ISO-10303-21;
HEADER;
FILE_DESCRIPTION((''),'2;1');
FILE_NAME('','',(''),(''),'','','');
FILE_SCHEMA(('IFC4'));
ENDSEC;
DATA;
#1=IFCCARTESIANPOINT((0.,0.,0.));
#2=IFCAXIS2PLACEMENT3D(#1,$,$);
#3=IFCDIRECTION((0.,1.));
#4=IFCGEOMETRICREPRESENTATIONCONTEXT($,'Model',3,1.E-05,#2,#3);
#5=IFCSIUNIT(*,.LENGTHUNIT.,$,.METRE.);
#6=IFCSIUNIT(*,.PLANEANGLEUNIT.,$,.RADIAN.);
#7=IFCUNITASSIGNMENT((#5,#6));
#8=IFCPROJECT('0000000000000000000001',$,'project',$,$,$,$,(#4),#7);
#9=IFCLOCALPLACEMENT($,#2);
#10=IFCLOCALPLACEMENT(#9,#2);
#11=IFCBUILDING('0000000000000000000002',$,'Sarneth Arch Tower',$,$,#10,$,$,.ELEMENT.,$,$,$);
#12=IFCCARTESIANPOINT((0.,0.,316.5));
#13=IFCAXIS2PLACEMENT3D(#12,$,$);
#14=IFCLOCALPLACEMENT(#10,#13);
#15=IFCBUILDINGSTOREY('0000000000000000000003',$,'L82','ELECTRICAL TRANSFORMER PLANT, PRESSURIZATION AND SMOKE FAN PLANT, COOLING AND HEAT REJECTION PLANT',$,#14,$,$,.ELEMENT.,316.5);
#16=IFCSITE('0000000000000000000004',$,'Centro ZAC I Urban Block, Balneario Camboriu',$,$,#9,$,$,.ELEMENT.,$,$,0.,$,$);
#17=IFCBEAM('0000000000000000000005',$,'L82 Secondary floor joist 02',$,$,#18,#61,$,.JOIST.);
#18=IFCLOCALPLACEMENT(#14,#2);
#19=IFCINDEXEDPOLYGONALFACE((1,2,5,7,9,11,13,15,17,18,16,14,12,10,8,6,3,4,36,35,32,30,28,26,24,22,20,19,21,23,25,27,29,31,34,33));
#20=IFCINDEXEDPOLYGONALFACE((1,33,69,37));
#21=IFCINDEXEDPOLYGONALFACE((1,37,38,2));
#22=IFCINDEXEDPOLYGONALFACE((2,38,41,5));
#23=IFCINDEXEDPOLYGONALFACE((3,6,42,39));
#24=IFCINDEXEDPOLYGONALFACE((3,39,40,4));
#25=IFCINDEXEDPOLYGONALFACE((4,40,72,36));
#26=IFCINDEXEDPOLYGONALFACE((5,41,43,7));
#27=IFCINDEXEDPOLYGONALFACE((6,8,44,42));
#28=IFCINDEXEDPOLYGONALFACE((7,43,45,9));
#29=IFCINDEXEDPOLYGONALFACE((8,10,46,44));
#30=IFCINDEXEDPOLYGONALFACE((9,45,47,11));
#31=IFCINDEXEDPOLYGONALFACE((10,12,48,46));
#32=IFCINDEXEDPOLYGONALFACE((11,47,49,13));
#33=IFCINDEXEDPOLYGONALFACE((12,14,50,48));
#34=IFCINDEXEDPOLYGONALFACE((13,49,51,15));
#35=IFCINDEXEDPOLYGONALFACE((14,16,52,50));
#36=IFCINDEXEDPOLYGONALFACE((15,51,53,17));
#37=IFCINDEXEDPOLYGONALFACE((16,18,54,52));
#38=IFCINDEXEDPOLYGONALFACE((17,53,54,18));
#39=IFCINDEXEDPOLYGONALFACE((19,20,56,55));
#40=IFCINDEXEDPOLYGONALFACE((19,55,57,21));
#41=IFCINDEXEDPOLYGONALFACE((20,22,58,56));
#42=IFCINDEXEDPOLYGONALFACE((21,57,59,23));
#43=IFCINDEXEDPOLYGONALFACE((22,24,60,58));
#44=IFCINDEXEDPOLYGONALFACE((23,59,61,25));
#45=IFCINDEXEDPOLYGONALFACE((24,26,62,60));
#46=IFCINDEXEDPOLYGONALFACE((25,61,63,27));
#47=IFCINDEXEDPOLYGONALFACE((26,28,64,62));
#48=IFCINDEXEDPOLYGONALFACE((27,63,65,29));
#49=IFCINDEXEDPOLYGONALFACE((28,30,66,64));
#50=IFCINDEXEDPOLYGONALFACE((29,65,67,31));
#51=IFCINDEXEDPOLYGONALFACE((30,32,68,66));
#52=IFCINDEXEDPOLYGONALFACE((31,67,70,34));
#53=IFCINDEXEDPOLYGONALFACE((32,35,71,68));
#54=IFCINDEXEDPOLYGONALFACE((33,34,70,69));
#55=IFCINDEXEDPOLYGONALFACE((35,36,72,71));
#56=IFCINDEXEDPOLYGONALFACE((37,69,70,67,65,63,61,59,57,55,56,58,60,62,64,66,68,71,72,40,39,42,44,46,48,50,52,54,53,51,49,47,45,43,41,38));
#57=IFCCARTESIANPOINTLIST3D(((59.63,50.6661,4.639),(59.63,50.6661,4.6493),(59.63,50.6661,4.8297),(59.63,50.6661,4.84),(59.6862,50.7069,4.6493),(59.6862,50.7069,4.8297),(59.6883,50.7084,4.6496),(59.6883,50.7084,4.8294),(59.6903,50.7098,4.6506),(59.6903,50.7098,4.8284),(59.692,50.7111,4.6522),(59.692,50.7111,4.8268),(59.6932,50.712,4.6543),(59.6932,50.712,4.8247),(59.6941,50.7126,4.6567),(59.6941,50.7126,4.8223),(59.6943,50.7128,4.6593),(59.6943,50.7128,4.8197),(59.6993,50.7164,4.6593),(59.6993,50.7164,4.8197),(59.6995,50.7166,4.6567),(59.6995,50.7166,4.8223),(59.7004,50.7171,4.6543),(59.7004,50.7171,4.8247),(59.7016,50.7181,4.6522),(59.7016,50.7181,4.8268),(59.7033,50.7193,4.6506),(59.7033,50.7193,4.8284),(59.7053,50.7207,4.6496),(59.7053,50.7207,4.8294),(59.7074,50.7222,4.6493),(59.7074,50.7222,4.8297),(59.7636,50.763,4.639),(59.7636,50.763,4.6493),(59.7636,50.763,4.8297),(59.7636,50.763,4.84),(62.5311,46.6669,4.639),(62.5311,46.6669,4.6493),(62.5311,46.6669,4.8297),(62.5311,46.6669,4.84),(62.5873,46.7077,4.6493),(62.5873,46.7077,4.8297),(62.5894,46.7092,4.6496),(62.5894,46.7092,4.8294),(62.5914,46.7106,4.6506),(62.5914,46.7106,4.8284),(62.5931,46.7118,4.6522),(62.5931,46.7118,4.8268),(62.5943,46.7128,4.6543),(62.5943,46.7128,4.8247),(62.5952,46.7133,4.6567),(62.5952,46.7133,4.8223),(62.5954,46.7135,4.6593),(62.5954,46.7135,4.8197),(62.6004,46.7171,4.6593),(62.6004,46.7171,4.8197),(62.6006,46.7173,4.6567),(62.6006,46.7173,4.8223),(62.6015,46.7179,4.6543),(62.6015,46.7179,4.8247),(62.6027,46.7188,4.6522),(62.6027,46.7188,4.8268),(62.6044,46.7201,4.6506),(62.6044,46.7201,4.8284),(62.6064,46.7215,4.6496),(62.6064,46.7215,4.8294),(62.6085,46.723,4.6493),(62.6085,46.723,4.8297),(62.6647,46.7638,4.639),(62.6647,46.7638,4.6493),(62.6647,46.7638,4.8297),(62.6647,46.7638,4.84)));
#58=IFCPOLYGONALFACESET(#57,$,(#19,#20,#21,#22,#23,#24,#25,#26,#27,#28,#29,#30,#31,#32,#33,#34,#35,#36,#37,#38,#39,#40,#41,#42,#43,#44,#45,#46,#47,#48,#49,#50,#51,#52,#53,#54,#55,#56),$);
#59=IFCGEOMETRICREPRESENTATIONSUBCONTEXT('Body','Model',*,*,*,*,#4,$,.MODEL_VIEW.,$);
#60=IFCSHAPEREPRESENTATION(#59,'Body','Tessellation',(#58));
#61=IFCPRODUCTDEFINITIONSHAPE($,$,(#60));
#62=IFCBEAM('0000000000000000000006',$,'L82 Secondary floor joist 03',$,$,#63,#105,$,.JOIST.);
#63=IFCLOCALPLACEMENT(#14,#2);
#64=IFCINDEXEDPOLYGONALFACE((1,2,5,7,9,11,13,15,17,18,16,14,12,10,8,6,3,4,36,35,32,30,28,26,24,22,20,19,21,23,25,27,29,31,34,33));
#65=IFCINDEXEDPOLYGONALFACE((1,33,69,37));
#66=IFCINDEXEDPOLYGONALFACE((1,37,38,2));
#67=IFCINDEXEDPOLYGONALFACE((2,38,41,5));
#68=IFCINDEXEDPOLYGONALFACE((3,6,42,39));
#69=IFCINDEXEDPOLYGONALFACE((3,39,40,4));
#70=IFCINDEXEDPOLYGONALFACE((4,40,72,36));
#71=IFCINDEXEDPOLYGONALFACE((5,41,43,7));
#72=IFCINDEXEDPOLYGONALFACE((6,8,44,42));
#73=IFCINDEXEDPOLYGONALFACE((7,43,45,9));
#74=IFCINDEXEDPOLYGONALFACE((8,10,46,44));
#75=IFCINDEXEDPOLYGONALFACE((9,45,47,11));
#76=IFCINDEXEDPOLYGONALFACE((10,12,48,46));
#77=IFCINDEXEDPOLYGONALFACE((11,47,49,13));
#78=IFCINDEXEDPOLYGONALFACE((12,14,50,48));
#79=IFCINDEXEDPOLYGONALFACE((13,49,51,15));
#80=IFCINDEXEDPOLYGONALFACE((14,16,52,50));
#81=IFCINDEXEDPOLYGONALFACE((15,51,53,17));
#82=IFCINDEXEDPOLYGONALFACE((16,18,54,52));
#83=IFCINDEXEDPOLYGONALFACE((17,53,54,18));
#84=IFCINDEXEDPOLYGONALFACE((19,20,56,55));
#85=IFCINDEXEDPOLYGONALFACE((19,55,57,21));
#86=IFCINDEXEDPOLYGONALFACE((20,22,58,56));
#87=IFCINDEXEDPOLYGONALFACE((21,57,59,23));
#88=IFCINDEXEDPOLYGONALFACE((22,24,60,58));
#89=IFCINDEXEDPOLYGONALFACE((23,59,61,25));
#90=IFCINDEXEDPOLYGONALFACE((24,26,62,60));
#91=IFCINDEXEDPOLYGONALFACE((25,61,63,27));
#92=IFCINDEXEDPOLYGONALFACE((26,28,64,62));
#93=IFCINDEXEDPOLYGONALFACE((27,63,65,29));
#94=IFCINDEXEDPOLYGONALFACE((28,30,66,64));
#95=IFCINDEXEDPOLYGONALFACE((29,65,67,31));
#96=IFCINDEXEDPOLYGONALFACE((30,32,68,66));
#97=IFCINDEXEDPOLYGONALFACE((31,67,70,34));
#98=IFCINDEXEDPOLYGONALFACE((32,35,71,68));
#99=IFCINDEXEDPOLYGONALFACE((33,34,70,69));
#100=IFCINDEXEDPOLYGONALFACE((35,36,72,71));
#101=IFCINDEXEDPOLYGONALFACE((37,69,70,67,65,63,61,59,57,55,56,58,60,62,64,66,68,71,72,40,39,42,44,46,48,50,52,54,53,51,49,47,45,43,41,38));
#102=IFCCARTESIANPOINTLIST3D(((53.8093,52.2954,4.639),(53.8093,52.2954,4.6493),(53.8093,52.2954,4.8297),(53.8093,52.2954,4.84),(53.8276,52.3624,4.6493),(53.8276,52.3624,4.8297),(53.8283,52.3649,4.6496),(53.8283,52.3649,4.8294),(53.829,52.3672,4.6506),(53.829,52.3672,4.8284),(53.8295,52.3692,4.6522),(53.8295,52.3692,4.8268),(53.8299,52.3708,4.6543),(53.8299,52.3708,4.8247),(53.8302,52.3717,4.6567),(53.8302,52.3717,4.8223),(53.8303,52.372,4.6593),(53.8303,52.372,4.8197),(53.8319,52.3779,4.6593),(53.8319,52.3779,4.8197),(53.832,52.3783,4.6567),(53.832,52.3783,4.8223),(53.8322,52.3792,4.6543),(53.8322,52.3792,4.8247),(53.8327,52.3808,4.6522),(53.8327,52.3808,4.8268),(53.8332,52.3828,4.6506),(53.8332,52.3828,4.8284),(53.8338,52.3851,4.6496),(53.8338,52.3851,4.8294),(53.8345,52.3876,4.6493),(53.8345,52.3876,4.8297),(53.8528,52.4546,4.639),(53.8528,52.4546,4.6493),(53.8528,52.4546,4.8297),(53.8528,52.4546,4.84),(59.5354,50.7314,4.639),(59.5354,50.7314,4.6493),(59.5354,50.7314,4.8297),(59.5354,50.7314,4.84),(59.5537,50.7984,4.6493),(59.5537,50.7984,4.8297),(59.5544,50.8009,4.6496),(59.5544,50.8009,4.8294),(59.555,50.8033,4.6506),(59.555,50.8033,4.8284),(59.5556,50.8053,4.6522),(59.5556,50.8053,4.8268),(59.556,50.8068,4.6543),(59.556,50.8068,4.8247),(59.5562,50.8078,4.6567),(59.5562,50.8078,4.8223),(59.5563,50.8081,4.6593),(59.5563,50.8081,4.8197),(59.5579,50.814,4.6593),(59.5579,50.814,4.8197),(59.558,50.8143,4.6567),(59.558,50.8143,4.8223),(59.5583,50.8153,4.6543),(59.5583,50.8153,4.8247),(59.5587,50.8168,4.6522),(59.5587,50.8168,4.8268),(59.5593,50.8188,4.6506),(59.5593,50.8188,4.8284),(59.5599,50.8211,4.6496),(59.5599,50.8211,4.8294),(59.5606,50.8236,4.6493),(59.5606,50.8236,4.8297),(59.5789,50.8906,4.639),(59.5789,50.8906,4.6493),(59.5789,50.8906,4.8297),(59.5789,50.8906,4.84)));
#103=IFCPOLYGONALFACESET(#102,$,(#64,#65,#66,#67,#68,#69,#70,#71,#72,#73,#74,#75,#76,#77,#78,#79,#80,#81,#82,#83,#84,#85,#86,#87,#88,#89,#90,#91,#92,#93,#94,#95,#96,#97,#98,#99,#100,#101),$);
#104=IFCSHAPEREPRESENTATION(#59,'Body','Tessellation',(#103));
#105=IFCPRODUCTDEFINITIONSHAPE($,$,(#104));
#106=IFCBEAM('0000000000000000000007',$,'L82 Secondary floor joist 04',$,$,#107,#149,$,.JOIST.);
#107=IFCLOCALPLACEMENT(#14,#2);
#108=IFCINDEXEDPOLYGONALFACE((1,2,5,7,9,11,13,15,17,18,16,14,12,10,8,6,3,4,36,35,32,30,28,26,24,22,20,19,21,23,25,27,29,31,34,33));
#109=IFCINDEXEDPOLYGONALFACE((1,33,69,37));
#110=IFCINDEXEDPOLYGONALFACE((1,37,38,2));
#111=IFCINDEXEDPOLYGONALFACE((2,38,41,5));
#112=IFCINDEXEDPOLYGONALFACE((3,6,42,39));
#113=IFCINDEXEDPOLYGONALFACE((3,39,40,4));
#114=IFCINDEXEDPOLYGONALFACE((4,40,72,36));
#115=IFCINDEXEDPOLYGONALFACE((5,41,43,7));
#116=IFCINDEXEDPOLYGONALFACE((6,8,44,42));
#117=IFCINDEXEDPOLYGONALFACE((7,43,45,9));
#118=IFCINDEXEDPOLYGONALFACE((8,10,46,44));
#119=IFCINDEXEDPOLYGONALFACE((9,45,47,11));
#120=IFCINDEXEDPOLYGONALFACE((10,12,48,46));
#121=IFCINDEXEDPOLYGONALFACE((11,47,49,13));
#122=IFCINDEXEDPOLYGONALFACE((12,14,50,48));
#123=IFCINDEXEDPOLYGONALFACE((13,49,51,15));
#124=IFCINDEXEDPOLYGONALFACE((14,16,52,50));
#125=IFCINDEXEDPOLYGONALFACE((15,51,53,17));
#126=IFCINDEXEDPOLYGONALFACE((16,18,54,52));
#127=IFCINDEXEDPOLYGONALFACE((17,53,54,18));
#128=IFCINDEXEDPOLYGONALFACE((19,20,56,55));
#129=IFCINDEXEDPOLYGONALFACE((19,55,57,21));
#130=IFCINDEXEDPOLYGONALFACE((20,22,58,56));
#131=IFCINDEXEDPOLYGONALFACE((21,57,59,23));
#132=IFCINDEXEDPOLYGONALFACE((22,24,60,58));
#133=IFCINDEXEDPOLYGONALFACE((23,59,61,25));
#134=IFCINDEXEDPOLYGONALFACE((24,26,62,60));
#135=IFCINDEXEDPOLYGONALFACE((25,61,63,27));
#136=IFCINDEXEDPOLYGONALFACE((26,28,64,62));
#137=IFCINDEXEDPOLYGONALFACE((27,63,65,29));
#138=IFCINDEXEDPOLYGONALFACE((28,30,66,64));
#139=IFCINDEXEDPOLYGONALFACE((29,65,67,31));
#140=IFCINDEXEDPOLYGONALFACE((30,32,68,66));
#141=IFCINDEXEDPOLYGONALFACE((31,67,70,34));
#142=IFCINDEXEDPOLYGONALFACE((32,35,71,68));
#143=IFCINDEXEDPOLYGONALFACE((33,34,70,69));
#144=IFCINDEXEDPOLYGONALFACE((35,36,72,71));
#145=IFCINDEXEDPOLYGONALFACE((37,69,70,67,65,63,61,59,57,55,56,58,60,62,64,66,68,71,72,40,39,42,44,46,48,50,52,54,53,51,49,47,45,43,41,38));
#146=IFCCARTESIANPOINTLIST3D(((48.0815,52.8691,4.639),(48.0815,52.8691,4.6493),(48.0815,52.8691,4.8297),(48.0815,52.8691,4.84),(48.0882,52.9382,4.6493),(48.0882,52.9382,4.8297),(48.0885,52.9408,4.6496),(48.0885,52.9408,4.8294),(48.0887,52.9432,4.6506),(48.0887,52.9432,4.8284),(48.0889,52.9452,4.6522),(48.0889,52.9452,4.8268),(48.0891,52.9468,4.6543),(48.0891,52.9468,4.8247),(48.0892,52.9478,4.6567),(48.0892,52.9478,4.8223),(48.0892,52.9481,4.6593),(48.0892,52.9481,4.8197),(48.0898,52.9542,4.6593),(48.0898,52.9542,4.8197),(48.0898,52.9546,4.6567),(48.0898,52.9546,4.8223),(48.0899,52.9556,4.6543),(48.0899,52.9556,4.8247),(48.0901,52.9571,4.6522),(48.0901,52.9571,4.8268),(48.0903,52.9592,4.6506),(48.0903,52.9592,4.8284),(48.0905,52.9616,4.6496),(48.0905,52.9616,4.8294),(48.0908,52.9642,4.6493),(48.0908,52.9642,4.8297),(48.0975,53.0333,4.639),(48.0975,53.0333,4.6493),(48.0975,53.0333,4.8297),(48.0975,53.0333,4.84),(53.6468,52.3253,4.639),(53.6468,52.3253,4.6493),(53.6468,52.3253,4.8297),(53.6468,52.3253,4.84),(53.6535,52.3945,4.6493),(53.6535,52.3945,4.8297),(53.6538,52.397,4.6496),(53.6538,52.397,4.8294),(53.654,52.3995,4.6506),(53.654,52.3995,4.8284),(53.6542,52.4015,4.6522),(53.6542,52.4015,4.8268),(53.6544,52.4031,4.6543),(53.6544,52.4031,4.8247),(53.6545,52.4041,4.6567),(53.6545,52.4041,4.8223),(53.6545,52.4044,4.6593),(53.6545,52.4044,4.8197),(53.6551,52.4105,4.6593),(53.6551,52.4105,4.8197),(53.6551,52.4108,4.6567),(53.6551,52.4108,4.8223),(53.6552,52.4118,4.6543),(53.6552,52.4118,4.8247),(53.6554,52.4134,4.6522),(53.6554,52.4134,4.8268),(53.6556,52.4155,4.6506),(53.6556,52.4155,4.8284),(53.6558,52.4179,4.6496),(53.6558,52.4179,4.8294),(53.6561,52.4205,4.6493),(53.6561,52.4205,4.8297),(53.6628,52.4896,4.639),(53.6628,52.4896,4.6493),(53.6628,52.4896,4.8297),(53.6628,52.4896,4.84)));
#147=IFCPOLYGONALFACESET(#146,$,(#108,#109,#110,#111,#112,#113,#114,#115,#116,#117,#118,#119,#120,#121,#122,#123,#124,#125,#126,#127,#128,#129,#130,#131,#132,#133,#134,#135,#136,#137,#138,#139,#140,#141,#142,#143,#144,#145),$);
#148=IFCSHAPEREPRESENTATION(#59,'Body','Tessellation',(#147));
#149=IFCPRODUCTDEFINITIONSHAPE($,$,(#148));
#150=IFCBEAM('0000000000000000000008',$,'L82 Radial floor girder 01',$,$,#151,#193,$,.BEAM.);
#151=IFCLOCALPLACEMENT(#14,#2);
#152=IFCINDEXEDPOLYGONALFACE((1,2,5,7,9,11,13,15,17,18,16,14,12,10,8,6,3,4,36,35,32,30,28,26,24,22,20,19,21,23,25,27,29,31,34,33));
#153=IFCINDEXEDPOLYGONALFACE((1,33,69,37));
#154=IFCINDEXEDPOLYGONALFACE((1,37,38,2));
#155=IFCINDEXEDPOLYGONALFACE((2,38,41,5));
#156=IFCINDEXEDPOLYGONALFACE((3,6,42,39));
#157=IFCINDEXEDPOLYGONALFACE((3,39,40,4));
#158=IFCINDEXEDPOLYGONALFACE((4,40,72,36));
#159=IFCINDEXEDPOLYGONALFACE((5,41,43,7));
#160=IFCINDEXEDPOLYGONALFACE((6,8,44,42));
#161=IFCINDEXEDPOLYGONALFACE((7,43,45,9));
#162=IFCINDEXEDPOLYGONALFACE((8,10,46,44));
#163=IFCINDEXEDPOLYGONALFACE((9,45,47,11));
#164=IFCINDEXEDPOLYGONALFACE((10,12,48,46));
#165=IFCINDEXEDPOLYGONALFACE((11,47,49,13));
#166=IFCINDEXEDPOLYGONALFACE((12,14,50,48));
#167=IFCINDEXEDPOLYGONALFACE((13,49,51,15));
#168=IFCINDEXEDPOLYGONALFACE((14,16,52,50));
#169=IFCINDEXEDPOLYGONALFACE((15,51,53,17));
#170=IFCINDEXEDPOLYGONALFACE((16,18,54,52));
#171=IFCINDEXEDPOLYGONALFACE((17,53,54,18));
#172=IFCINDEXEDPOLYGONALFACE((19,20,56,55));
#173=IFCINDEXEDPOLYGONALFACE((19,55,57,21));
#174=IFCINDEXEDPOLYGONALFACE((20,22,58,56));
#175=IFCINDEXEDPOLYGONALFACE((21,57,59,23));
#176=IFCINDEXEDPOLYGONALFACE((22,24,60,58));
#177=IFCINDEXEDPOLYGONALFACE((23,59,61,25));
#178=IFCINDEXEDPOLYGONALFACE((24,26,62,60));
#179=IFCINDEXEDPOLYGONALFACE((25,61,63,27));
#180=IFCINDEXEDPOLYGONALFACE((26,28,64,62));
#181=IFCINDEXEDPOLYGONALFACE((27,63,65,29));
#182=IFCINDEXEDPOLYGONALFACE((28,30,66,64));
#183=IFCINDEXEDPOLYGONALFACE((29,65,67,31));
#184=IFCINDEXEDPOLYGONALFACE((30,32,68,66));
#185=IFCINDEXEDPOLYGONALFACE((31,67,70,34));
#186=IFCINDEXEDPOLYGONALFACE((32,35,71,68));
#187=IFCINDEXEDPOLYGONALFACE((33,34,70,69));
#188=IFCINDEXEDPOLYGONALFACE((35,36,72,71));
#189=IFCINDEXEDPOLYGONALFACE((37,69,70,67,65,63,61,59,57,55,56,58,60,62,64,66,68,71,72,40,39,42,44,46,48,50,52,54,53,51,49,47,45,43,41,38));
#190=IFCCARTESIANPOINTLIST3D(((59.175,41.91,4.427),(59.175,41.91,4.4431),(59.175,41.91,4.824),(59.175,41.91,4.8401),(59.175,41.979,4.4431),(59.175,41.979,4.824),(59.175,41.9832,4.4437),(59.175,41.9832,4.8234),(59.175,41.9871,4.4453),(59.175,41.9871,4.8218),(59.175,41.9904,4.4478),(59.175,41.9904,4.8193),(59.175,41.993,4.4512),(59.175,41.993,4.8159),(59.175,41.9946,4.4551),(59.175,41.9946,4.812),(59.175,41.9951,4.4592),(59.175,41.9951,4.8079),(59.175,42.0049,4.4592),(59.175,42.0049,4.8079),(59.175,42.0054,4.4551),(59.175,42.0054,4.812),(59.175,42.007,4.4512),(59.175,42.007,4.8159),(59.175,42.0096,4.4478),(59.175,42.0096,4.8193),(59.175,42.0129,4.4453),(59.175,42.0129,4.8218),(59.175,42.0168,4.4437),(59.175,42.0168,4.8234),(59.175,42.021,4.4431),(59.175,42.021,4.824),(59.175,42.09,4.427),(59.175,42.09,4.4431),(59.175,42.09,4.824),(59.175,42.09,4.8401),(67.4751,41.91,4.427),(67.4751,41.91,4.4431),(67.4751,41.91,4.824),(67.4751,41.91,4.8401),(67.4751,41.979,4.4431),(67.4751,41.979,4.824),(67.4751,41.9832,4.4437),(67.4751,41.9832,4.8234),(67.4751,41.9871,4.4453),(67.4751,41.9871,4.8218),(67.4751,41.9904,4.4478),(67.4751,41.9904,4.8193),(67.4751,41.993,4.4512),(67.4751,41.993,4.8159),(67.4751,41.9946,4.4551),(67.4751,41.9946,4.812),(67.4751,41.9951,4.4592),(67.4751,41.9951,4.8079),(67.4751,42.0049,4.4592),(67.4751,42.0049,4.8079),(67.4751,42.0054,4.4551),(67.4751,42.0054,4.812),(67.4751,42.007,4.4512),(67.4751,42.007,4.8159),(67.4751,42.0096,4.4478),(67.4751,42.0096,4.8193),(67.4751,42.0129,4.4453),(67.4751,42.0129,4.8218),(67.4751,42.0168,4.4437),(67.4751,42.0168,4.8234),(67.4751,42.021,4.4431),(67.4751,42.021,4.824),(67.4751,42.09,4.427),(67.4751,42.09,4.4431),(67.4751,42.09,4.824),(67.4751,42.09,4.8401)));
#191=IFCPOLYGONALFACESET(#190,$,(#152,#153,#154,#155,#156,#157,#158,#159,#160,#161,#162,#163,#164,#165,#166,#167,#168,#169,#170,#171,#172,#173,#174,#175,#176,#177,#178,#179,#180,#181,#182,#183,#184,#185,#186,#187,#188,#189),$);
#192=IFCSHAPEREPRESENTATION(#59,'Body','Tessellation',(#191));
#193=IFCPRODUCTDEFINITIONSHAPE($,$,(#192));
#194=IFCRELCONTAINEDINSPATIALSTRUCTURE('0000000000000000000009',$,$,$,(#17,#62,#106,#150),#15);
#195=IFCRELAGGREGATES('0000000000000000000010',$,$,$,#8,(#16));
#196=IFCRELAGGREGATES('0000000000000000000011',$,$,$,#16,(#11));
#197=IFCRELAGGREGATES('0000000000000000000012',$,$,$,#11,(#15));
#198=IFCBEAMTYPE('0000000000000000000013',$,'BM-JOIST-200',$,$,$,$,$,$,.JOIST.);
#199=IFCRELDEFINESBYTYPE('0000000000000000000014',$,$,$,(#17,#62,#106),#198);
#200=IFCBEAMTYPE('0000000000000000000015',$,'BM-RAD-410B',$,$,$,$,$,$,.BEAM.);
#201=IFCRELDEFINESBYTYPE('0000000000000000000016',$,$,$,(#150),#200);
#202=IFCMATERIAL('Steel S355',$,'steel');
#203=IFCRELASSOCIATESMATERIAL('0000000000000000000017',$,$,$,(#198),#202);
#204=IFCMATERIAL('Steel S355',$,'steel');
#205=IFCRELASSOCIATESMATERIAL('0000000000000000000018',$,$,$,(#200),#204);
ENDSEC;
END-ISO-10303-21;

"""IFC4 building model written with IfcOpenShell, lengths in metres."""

from ifc_helpers import new_model, si_unit, direction, frame, origin, origin_2d, place, context, subcontext, project, spatial, i_section, extrude, material, material_profile, profile_set, type_object, element, save


model = new_model("IFC4")

# Units and contexts
model_context = context("Model", 3, precision=1e-05, world=origin(), true_north=direction((0.0, 1.0)))
body_context = subcontext(model_context, "Body", "Model", "MODEL_VIEW")
ifc_project = project(units=[si_unit("LENGTHUNIT", "METRE"), si_unit("PLANEANGLEUNIT", "RADIAN")], contexts=[model_context])

# Site, building, storey
site_placement = place(None, origin())
site = spatial("IfcSite", under=ifc_project, at=site_placement, Name="Centro ZAC I Urban Block, Balneario Camboriu", CompositionType="ELEMENT", RefElevation=0.0)
building_placement = place(site_placement, origin())
building = spatial("IfcBuilding", under=site, at=building_placement, Name="Sarneth Arch Tower", CompositionType="ELEMENT")
storey_placement = place(building_placement, frame((0.0, 0.0, 316.5)))
storey = spatial("IfcBuildingStorey", under=building, at=storey_placement, Name="L82", Description="ELECTRICAL TRANSFORMER PLANT, PRESSURIZATION AND SMOKE FAN PLANT, COOLING AND HEAT REJECTION PLANT", CompositionType="ELEMENT", Elevation=316.5)

# Beams
ifc_material_1 = material(Name="Steel S355", Category="steel")
ifc_material_profile_1 = material_profile(ifc_material_1, i_section(OverallWidth=0.165, OverallDepth=0.2009, WebThickness=0.0061, FlangeThickness=0.0103, FilletRadius=0.01, at=origin_2d()), Name="W200x35.9")
ifc_profile_set_1 = profile_set([ifc_material_profile_1], Name="Steel S355")
beam_type_1 = type_object("IfcBeamType", Name="BM-JOIST-200", PredefinedType="JOIST", material=ifc_profile_set_1)
beam_1_placement = place(storey_placement, frame((62.5979, 46.7153, 4.7395), z_axis=(-0.587187, 0.809451, 0.0), x_axis=(-0.809451, -0.587187, 0.0)))
element("IfcBeam", 1, at=beam_1_placement, inside=storey, type_object=beam_type_1, Name="L82 Secondary floor joist 02", PredefinedType="JOIST", context=body_context, shape_type="SweptSolid", body=[
    extrude(i_section(OverallWidth=0.165, OverallDepth=0.2009, WebThickness=0.0061, FlangeThickness=0.0103, FilletRadius=0.01, at=origin_2d()), origin(), (0.0, 0.0, 1.0), 4.9407),
])
beam_2_placement = place(storey_placement, frame((59.5571, 50.811, 4.7395), z_axis=(-0.964665, 0.263479, 0.0), x_axis=(-0.263479, -0.964665, 0.0)))
element("IfcBeam", 2, at=beam_2_placement, inside=storey, type_object=beam_type_1, Name="L82 Secondary floor joist 03", PredefinedType="JOIST", context=body_context, shape_type="SweptSolid", body=[
    extrude(i_section(OverallWidth=0.165, OverallDepth=0.2009, WebThickness=0.0061, FlangeThickness=0.0103, FilletRadius=0.01, at=origin_2d()), origin(), (0.0, 0.0, 1.0), 5.9358),
])
beam_3_placement = place(storey_placement, frame((53.6548, 52.4075, 4.7395), z_axis=(-0.995262, 0.097234, 0.0), x_axis=(-0.097234, -0.995262, 0.0)))
element("IfcBeam", 3, at=beam_3_placement, inside=storey, type_object=beam_type_1, Name="L82 Secondary floor joist 04", PredefinedType="JOIST", context=body_context, shape_type="SweptSolid", body=[
    extrude(i_section(OverallWidth=0.165, OverallDepth=0.2009, WebThickness=0.0061, FlangeThickness=0.0103, FilletRadius=0.01, at=origin_2d()), origin(), (0.0, 0.0, 1.0), 5.5918),
])
ifc_material_2 = material(Name="Steel S355", Category="steel")
ifc_material_profile_2 = material_profile(ifc_material_2, i_section(OverallWidth=0.1799, OverallDepth=0.4131, WebThickness=0.0098, FlangeThickness=0.0161, FilletRadius=0.0161, at=origin_2d()), Name="W410x75")
ifc_profile_set_2 = profile_set([ifc_material_profile_2], Name="Steel S355")
beam_type_2 = type_object("IfcBeamType", Name="BM-RAD-410B", PredefinedType="BEAM", material=ifc_profile_set_2)
beam_4_placement = place(storey_placement, frame((59.175, 42.0, 4.6335), z_axis=(1.0, 0.0, 0.0), x_axis=(0.0, 1.0, 0.0)))
element("IfcBeam", 4, at=beam_4_placement, inside=storey, type_object=beam_type_2, Name="L82 Radial floor girder 01", PredefinedType="BEAM", context=body_context, shape_type="SweptSolid", body=[
    extrude(i_section(OverallWidth=0.1799, OverallDepth=0.4131, WebThickness=0.0098, FlangeThickness=0.0161, FilletRadius=0.0161, at=origin_2d()), origin(), (0.0, 0.0, 1.0), 8.3),
])

save(model, "model.ifc")
